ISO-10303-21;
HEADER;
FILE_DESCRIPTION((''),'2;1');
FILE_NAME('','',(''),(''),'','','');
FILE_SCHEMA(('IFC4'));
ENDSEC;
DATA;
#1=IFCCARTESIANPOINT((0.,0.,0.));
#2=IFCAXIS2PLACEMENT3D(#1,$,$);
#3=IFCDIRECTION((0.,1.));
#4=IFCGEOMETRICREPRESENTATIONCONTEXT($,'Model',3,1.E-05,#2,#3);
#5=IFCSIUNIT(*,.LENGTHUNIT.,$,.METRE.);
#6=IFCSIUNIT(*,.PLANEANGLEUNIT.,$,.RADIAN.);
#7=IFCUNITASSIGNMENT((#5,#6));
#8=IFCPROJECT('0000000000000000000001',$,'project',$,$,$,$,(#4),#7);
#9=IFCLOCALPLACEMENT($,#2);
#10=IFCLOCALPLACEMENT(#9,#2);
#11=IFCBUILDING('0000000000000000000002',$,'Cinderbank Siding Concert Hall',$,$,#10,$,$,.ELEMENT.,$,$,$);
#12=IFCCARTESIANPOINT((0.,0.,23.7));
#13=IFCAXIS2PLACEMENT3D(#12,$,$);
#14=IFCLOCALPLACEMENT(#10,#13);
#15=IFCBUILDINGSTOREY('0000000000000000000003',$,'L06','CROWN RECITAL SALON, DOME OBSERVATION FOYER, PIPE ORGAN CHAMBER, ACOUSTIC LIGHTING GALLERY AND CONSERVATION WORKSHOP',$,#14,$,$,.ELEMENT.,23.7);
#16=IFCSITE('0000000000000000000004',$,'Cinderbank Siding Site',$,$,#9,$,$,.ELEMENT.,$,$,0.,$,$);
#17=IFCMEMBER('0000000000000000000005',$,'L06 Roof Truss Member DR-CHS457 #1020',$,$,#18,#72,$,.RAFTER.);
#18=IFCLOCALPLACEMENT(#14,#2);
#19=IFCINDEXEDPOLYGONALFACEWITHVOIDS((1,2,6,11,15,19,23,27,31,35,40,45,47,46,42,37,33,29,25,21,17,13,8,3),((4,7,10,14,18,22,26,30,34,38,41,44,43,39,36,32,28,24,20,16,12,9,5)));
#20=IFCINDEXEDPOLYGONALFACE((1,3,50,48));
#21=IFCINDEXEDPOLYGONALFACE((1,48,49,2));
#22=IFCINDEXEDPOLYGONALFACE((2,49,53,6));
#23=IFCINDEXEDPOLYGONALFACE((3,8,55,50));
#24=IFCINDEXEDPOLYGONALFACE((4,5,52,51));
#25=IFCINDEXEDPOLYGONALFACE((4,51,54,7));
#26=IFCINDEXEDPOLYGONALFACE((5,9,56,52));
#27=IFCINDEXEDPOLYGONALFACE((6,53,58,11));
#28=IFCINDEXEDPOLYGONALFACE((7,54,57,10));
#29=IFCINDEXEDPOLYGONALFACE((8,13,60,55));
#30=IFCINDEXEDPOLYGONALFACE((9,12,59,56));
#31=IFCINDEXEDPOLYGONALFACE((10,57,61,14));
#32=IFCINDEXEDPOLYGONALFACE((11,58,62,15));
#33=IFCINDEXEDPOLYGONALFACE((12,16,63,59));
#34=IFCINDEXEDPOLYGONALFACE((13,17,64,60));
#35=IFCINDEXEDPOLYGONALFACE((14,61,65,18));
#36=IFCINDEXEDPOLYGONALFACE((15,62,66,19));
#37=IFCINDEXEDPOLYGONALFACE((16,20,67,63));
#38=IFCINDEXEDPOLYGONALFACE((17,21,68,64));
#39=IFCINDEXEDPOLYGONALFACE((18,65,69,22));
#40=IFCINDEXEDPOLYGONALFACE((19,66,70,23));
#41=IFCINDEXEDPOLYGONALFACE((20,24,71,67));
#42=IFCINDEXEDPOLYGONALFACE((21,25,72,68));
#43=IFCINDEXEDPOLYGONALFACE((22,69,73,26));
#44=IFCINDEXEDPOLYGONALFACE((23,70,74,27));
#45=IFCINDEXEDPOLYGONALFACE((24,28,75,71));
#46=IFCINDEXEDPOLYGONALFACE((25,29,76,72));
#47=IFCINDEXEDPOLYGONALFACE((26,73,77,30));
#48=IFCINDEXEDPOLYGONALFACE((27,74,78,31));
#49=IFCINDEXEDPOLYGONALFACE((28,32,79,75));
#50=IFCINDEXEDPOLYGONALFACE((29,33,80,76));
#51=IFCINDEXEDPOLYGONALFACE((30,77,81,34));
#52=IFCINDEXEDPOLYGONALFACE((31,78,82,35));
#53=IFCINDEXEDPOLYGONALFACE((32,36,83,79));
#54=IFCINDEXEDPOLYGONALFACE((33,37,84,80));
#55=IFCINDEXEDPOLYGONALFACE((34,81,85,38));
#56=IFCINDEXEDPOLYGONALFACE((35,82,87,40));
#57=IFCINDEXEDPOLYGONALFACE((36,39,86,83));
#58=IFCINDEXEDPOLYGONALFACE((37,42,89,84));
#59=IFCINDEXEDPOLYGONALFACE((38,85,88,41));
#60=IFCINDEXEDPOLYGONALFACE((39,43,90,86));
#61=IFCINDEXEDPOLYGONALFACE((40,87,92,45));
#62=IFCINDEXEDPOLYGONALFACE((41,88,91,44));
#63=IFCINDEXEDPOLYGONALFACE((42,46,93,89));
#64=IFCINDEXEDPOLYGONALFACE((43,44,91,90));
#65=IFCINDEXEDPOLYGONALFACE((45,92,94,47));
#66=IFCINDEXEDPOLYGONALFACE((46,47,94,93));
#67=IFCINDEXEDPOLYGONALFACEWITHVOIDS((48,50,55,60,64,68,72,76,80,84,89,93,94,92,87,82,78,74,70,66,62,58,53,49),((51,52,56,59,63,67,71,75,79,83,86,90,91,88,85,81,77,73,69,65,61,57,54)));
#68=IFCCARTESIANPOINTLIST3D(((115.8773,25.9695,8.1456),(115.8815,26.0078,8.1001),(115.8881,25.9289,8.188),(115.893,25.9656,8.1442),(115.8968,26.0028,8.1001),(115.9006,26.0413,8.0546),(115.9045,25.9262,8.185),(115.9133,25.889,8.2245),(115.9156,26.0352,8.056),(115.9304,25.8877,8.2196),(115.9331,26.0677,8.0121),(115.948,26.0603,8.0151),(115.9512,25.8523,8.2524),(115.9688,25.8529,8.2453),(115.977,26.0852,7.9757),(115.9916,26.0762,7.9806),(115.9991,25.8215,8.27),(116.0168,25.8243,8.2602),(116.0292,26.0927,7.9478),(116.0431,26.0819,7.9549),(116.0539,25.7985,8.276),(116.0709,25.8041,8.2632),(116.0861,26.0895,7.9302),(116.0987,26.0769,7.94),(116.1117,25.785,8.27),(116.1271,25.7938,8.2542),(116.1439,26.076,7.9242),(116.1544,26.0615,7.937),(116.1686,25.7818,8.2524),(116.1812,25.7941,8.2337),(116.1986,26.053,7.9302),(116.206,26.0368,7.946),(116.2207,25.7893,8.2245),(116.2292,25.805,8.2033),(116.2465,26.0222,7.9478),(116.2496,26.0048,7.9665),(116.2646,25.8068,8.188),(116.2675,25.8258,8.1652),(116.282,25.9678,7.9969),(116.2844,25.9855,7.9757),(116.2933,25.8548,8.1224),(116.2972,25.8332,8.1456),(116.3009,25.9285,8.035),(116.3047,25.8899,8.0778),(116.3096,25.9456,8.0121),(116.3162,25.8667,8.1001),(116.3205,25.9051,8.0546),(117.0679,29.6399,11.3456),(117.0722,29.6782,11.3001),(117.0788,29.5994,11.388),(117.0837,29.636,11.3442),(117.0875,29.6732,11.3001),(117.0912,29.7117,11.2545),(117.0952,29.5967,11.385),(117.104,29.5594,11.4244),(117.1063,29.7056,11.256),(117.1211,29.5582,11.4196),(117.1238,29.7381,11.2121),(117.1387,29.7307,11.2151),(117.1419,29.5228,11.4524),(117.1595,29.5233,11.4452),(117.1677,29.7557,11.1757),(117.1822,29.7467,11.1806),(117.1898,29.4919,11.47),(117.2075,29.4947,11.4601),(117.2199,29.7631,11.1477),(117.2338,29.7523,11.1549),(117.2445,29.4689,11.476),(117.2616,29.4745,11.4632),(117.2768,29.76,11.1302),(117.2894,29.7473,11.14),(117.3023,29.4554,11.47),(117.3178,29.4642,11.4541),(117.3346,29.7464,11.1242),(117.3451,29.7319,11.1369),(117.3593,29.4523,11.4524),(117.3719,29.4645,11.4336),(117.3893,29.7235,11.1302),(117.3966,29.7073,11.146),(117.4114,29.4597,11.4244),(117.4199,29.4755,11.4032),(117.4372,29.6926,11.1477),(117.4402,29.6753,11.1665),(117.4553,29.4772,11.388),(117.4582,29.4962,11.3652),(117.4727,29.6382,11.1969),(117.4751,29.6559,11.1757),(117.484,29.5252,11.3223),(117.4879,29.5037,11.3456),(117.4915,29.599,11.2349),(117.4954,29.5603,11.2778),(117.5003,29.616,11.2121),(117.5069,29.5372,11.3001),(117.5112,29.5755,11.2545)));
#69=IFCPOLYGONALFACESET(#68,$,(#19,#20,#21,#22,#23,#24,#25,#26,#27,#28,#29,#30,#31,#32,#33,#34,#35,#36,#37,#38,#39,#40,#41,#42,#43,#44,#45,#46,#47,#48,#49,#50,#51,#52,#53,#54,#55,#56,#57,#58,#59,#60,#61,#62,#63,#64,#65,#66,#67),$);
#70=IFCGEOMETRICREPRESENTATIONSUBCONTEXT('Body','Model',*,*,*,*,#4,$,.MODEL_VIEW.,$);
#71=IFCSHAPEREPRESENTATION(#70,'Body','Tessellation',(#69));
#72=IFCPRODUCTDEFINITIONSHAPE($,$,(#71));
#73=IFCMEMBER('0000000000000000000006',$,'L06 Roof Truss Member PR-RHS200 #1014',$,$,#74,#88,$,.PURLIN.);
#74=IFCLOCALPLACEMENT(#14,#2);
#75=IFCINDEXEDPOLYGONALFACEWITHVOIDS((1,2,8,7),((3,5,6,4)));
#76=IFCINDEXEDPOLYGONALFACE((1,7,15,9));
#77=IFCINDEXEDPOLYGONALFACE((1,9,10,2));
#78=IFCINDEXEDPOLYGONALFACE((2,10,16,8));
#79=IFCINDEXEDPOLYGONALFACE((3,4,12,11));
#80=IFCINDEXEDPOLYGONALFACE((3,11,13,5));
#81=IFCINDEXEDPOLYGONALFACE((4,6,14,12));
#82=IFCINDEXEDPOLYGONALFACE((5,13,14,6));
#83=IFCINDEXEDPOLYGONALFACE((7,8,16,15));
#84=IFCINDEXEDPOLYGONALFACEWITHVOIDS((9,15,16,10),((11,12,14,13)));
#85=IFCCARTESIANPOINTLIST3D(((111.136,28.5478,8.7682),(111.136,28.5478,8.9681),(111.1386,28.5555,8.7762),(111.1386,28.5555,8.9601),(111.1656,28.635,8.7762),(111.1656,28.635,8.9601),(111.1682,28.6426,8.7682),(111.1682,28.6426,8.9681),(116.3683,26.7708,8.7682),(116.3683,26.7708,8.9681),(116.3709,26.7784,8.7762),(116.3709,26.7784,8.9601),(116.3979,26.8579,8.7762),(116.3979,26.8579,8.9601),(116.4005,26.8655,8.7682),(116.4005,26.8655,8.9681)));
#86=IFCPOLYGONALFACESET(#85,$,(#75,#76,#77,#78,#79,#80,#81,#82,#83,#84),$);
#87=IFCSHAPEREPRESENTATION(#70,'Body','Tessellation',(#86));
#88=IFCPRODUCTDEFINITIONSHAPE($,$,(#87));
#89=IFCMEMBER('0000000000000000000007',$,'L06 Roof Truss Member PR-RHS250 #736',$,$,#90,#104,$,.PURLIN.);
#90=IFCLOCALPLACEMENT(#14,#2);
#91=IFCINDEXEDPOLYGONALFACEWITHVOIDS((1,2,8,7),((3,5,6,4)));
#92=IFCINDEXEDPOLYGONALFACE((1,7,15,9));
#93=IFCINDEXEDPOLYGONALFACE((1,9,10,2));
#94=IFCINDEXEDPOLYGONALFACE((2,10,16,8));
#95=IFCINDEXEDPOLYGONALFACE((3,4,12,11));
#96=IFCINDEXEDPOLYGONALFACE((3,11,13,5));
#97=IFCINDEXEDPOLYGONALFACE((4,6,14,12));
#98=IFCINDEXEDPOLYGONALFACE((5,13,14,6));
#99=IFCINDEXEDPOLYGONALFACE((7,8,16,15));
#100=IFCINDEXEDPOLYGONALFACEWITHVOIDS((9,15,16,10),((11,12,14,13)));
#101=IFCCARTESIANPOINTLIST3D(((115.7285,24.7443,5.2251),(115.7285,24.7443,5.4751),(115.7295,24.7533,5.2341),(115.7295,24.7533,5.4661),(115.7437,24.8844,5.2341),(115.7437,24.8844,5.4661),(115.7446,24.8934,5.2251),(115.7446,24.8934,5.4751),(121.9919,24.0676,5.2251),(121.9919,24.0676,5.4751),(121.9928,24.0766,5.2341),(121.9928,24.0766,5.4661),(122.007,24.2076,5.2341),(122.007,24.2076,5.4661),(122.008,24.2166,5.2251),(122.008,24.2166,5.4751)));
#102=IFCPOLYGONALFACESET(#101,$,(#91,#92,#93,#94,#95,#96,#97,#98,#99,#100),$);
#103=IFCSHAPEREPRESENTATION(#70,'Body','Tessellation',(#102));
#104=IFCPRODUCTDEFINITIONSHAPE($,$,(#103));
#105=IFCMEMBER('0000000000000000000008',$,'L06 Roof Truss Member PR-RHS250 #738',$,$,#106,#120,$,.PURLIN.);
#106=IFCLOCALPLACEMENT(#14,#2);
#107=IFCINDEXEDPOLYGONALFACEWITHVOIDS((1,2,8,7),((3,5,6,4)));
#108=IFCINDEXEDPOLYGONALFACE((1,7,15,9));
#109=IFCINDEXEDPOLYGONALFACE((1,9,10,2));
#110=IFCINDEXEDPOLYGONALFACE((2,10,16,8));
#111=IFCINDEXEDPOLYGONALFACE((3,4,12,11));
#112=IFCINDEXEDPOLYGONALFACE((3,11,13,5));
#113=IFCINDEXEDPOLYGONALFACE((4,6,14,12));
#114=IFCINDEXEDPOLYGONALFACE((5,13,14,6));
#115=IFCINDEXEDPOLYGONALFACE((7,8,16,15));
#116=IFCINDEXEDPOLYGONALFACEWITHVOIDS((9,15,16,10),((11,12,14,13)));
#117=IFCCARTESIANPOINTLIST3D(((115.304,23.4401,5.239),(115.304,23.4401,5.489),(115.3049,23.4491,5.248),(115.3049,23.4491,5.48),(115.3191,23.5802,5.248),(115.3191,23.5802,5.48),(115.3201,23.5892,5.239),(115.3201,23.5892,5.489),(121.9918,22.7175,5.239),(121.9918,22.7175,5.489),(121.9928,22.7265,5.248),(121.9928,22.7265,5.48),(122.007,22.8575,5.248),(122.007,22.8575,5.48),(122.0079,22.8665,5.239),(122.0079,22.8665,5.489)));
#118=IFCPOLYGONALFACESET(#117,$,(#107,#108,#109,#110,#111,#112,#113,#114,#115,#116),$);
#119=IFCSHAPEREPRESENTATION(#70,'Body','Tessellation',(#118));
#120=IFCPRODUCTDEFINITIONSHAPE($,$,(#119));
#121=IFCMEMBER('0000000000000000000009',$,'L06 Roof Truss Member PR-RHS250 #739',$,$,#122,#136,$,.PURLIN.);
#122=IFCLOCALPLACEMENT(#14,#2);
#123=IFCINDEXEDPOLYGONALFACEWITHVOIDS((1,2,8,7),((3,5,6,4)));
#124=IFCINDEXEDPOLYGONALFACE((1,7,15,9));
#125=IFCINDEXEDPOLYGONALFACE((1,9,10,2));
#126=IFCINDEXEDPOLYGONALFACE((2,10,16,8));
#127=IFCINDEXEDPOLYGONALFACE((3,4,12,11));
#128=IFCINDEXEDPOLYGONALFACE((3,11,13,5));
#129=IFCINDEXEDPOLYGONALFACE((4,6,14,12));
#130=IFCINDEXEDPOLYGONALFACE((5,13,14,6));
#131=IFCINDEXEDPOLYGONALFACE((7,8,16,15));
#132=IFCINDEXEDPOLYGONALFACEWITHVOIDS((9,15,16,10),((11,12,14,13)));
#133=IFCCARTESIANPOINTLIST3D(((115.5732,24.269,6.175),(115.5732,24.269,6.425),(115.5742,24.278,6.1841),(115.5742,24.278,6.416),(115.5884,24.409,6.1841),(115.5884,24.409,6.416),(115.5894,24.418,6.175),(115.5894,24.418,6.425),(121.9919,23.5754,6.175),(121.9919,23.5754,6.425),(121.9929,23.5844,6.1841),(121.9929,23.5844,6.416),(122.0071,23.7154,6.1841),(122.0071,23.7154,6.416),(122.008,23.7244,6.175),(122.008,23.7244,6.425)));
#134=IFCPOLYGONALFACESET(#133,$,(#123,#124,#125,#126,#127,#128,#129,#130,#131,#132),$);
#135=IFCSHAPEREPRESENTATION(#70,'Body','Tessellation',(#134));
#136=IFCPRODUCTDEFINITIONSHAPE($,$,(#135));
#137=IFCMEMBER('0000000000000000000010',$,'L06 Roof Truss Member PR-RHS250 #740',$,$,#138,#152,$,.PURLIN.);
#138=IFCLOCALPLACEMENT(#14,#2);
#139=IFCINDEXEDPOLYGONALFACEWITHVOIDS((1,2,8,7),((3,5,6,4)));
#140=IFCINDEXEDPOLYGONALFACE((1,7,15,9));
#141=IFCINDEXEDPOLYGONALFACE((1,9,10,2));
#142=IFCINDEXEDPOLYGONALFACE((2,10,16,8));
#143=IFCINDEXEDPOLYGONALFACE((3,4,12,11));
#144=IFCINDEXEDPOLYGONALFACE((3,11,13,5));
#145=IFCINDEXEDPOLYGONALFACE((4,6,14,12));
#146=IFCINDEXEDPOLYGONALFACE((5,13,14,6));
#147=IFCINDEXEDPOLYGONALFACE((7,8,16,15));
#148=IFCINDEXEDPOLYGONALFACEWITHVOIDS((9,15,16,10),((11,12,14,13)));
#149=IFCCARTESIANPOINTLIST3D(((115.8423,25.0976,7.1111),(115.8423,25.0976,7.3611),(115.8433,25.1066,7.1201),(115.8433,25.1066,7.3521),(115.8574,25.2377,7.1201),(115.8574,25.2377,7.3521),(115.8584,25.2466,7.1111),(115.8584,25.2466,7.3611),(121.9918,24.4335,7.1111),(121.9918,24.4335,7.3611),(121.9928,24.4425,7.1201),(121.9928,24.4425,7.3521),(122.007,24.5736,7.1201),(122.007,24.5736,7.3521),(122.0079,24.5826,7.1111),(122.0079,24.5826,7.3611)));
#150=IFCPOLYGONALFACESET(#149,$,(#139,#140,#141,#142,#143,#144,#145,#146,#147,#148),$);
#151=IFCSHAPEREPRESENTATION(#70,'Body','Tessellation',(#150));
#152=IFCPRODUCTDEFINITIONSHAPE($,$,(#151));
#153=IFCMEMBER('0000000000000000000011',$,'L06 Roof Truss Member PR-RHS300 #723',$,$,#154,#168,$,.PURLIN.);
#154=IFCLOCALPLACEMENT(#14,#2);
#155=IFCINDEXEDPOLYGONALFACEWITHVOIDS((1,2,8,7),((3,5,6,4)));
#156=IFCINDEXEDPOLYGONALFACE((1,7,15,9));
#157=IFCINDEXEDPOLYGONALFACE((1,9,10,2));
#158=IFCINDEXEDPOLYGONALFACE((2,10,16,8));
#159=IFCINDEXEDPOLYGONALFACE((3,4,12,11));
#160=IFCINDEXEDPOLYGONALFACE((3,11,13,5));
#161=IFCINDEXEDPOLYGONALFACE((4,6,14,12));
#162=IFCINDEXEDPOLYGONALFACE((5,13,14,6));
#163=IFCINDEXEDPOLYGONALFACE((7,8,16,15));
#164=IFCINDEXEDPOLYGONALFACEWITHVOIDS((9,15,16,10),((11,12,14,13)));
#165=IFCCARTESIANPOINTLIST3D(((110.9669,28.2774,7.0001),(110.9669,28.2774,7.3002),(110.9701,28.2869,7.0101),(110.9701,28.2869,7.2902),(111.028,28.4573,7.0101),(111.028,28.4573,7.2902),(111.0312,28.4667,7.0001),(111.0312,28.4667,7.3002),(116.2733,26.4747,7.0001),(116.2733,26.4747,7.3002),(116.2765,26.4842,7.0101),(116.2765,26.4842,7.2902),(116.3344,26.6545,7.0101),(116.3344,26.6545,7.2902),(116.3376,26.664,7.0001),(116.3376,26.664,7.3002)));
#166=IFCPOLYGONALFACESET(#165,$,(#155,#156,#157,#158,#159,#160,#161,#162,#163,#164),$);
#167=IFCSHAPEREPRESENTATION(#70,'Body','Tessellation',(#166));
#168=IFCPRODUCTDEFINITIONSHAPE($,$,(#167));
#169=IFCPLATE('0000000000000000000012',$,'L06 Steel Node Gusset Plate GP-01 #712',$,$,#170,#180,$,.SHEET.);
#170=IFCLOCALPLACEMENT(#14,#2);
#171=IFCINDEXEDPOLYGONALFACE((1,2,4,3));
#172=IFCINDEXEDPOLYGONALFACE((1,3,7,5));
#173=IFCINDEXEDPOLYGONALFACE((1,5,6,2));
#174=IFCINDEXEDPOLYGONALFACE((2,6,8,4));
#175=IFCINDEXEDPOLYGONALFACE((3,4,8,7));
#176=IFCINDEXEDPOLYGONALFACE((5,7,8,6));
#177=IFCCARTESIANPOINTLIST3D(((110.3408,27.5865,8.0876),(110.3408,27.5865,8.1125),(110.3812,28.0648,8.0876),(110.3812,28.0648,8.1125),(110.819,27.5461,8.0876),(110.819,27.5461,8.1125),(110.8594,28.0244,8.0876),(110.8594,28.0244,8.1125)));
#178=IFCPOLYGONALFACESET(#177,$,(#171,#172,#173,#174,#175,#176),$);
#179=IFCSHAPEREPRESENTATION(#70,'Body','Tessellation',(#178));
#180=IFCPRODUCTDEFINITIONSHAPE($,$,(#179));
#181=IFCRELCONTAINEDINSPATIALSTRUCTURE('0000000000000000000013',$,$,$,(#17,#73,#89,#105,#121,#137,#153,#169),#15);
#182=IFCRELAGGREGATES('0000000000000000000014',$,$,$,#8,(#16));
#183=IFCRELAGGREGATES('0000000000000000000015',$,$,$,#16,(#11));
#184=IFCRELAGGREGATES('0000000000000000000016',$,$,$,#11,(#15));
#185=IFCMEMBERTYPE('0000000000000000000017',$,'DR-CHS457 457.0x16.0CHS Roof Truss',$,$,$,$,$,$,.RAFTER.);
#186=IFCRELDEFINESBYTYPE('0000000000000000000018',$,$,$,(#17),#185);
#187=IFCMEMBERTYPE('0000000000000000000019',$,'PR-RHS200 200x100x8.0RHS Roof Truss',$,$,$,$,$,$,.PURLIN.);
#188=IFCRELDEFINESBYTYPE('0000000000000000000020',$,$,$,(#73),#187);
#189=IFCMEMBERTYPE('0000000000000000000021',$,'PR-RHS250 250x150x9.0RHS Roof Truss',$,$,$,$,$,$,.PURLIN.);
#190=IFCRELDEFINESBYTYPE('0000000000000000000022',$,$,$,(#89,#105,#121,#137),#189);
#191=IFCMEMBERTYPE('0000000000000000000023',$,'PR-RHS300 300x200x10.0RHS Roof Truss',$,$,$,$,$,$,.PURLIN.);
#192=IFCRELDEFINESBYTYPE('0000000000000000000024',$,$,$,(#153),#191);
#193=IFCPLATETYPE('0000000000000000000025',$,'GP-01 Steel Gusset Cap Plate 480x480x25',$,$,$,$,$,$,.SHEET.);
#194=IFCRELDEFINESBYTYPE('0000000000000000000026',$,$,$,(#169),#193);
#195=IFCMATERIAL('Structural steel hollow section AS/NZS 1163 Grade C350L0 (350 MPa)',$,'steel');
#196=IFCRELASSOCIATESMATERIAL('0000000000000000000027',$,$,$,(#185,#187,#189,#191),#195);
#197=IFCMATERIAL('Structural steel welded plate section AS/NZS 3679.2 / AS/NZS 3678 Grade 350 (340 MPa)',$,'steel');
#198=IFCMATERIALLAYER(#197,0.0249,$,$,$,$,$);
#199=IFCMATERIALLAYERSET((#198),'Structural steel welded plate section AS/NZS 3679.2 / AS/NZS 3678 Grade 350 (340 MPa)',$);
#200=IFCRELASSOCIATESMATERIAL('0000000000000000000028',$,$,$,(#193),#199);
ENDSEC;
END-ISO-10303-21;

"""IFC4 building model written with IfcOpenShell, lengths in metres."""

from ifc_helpers import new_model, si_unit, direction, frame, origin, origin_2d, place, context, subcontext, project, spatial, rectangle, hollow_rectangle, hollow_circle, extrude, material, layer, layer_set, material_profile, profile_set, type_object, element, save


model = new_model("IFC4")

# Units and contexts
model_context = context("Model", 3, precision=1e-05, world=origin(), true_north=direction((0.0, 1.0)))
body_context = subcontext(model_context, "Body", "Model", "MODEL_VIEW")
ifc_project = project(units=[si_unit("LENGTHUNIT", "METRE"), si_unit("PLANEANGLEUNIT", "RADIAN")], contexts=[model_context])

# Site, building, storey
site_placement = place(None, origin())
site = spatial("IfcSite", under=ifc_project, at=site_placement, Name="Cinderbank Siding Site", CompositionType="ELEMENT", RefElevation=0.0)
building_placement = place(site_placement, origin())
building = spatial("IfcBuilding", under=site, at=building_placement, Name="Cinderbank Siding Concert Hall", CompositionType="ELEMENT")
storey_placement = place(building_placement, frame((0.0, 0.0, 23.7)))
storey = spatial("IfcBuildingStorey", under=building, at=storey_placement, Name="L06", Description="CROWN RECITAL SALON, DOME OBSERVATION FOYER, PIPE ORGAN CHAMBER, ACOUSTIC LIGHTING GALLERY AND CONSERVATION WORKSHOP", CompositionType="ELEMENT", Elevation=23.7)

# Shared definitions
ifc_material_1 = material(Name="Structural steel welded plate section AS/NZS 3679.2 / AS/NZS 3678 Grade 350 (340 MPa)", Category="steel")

# Members
ifc_material_2 = material(Name="Structural steel hollow section AS/NZS 1163 Grade C350L0 (350 MPa)", Category="steel")
ifc_material_profile_1 = material_profile(ifc_material_2, hollow_circle(Radius=0.2285, WallThickness=0.0161, at=origin_2d()), Name="457.0x16.0CHS", Category="LoadBearing")
ifc_profile_set_1 = profile_set([ifc_material_profile_1], Name="Structural steel hollow section AS/NZS 1163 Grade C350L0 (350 MPa)")
member_type_1 = type_object("IfcMemberType", Name="DR-CHS457 457.0x16.0CHS Roof Truss", PredefinedType="RAFTER", material=ifc_profile_set_1)
member_1_placement = place(storey_placement, frame((116.0989, 25.9373, 8.1001), z_axis=(0.237521, 0.732191, 0.638342), x_axis=(-0.951202, 0.308568, 0.0)))
element("IfcMember", 1, at=member_1_placement, inside=storey, type_object=member_type_1, Name="L06 Roof Truss Member DR-CHS457 #1020", PredefinedType="RAFTER", context=body_context, shape_type="SweptSolid", body=[
    extrude(hollow_circle(Radius=0.2285, WallThickness=0.0161, at=origin_2d()), origin(), (0.0, 0.0, 1.0), 5.0129),
])
ifc_material_profile_2 = material_profile(ifc_material_2, hollow_rectangle(XDim=0.1001, YDim=0.2, WallThickness=0.0081, at=origin_2d()), Name="200x100x8.0RHS", Category="LoadBearing")
ifc_profile_set_2 = profile_set([ifc_material_profile_2], Name="Structural steel hollow section AS/NZS 1163 Grade C350L0 (350 MPa)")
member_type_2 = type_object("IfcMemberType", Name="PR-RHS200 200x100x8.0RHS Roof Truss", PredefinedType="PURLIN", material=ifc_profile_set_2)
member_2_placement = place(storey_placement, frame((111.1521, 28.5952, 8.8682), z_axis=(0.946879, -0.321591, 0.0), x_axis=(0.321591, 0.946879, 0.0)))
element("IfcMember", 2, at=member_2_placement, inside=storey, type_object=member_type_2, Name="L06 Roof Truss Member PR-RHS200 #1014", PredefinedType="PURLIN", context=body_context, shape_type="SweptSolid", body=[
    extrude(hollow_rectangle(XDim=0.1001, YDim=0.2, WallThickness=0.0081, at=origin_2d()), origin(), (0.0, 0.0, 1.0), 5.5259),
])
ifc_material_profile_3 = material_profile(ifc_material_2, hollow_rectangle(XDim=0.1499, YDim=0.25, WallThickness=0.009, at=origin_2d()), Name="250x150x9.0RHS", Category="LoadBearing")
ifc_profile_set_3 = profile_set([ifc_material_profile_3], Name="Structural steel hollow section AS/NZS 1163 Grade C350L0 (350 MPa)")
member_type_3 = type_object("IfcMemberType", Name="PR-RHS250 250x150x9.0RHS Roof Truss", PredefinedType="PURLIN", material=ifc_profile_set_3)
member_3_placement = place(storey_placement, frame((115.7366, 24.8188, 5.3501), z_axis=(0.994213, -0.107424, 0.0), x_axis=(0.107424, 0.994213, 0.0)))
element("IfcMember", 3, at=member_3_placement, inside=storey, type_object=member_type_3, Name="L06 Roof Truss Member PR-RHS250 #736", PredefinedType="PURLIN", context=body_context, shape_type="SweptSolid", body=[
    extrude(hollow_rectangle(XDim=0.1499, YDim=0.25, WallThickness=0.009, at=origin_2d()), origin(), (0.0, 0.0, 1.0), 6.2998),
])
member_4_placement = place(storey_placement, frame((115.312, 23.5146, 5.364), z_axis=(0.994213, -0.107428, 0.0), x_axis=(0.107428, 0.994213, 0.0)))
element("IfcMember", 4, at=member_4_placement, inside=storey, type_object=member_type_3, Name="L06 Roof Truss Member PR-RHS250 #738", PredefinedType="PURLIN", context=body_context, shape_type="SweptSolid", body=[
    extrude(hollow_rectangle(XDim=0.1499, YDim=0.25, WallThickness=0.009, at=origin_2d()), origin(), (0.0, 0.0, 1.0), 6.7268),
])
member_5_placement = place(storey_placement, frame((115.5813, 24.3435, 6.3), z_axis=(0.994212, -0.107434, 0.0), x_axis=(0.107434, 0.994212, 0.0)))
element("IfcMember", 5, at=member_5_placement, inside=storey, type_object=member_type_3, Name="L06 Roof Truss Member PR-RHS250 #739", PredefinedType="PURLIN", context=body_context, shape_type="SweptSolid", body=[
    extrude(hollow_rectangle(XDim=0.1499, YDim=0.25, WallThickness=0.009, at=origin_2d()), origin(), (0.0, 0.0, 1.0), 6.4561),
])
member_6_placement = place(storey_placement, frame((115.8503, 25.1721, 7.2361), z_axis=(0.99422, -0.10736, 0.0), x_axis=(0.10736, 0.99422, 0.0)))
element("IfcMember", 6, at=member_6_placement, inside=storey, type_object=member_type_3, Name="L06 Roof Truss Member PR-RHS250 #740", PredefinedType="PURLIN", context=body_context, shape_type="SweptSolid", body=[
    extrude(hollow_rectangle(XDim=0.1499, YDim=0.25, WallThickness=0.009, at=origin_2d()), origin(), (0.0, 0.0, 1.0), 6.1853),
])
ifc_material_profile_4 = material_profile(ifc_material_2, hollow_rectangle(XDim=0.2, YDim=0.3, WallThickness=0.01, at=origin_2d()), Name="300x200x10.0RHS", Category="LoadBearing")
ifc_profile_set_4 = profile_set([ifc_material_profile_4], Name="Structural steel hollow section AS/NZS 1163 Grade C350L0 (350 MPa)")
member_type_4 = type_object("IfcMemberType", Name="PR-RHS300 300x200x10.0RHS Roof Truss", PredefinedType="PURLIN", material=ifc_profile_set_4)
member_7_placement = place(storey_placement, frame((110.999, 28.3721, 7.1501), z_axis=(0.946851, -0.321672, 0.0), x_axis=(0.321672, 0.946851, 0.0)))
element("IfcMember", 7, at=member_7_placement, inside=storey, type_object=member_type_4, Name="L06 Roof Truss Member PR-RHS300 #723", PredefinedType="PURLIN", context=body_context, shape_type="SweptSolid", body=[
    extrude(hollow_rectangle(XDim=0.2, YDim=0.3, WallThickness=0.01, at=origin_2d()), origin(), (0.0, 0.0, 1.0), 5.6042),
])

# Plate
ifc_layer_1 = layer(ifc_material_1, 0.0249)
ifc_layer_set_1 = layer_set([ifc_layer_1], Name="Structural steel welded plate section AS/NZS 3679.2 / AS/NZS 3678 Grade 350 (340 MPa)")
plate_type_1 = type_object("IfcPlateType", Name="GP-01 Steel Gusset Cap Plate 480x480x25", PredefinedType="SHEET", material=ifc_layer_set_1)
plate_placement = place(storey_placement, frame((110.6001, 27.8054, 8.0876), z_axis=(0.0, 0.0, 1.0), x_axis=(0.996449, -0.0842, 0.0)))
element("IfcPlate", 8, at=plate_placement, inside=storey, type_object=plate_type_1, Name="L06 Steel Node Gusset Plate GP-01 #712", PredefinedType="SHEET", context=body_context, shape_type="SweptSolid", body=[
    extrude(rectangle(XDim=0.48, YDim=0.48, at=origin_2d()), origin(), (0.0, 0.0, 1.0), 0.0249),
])

save(model, "model.ifc")
